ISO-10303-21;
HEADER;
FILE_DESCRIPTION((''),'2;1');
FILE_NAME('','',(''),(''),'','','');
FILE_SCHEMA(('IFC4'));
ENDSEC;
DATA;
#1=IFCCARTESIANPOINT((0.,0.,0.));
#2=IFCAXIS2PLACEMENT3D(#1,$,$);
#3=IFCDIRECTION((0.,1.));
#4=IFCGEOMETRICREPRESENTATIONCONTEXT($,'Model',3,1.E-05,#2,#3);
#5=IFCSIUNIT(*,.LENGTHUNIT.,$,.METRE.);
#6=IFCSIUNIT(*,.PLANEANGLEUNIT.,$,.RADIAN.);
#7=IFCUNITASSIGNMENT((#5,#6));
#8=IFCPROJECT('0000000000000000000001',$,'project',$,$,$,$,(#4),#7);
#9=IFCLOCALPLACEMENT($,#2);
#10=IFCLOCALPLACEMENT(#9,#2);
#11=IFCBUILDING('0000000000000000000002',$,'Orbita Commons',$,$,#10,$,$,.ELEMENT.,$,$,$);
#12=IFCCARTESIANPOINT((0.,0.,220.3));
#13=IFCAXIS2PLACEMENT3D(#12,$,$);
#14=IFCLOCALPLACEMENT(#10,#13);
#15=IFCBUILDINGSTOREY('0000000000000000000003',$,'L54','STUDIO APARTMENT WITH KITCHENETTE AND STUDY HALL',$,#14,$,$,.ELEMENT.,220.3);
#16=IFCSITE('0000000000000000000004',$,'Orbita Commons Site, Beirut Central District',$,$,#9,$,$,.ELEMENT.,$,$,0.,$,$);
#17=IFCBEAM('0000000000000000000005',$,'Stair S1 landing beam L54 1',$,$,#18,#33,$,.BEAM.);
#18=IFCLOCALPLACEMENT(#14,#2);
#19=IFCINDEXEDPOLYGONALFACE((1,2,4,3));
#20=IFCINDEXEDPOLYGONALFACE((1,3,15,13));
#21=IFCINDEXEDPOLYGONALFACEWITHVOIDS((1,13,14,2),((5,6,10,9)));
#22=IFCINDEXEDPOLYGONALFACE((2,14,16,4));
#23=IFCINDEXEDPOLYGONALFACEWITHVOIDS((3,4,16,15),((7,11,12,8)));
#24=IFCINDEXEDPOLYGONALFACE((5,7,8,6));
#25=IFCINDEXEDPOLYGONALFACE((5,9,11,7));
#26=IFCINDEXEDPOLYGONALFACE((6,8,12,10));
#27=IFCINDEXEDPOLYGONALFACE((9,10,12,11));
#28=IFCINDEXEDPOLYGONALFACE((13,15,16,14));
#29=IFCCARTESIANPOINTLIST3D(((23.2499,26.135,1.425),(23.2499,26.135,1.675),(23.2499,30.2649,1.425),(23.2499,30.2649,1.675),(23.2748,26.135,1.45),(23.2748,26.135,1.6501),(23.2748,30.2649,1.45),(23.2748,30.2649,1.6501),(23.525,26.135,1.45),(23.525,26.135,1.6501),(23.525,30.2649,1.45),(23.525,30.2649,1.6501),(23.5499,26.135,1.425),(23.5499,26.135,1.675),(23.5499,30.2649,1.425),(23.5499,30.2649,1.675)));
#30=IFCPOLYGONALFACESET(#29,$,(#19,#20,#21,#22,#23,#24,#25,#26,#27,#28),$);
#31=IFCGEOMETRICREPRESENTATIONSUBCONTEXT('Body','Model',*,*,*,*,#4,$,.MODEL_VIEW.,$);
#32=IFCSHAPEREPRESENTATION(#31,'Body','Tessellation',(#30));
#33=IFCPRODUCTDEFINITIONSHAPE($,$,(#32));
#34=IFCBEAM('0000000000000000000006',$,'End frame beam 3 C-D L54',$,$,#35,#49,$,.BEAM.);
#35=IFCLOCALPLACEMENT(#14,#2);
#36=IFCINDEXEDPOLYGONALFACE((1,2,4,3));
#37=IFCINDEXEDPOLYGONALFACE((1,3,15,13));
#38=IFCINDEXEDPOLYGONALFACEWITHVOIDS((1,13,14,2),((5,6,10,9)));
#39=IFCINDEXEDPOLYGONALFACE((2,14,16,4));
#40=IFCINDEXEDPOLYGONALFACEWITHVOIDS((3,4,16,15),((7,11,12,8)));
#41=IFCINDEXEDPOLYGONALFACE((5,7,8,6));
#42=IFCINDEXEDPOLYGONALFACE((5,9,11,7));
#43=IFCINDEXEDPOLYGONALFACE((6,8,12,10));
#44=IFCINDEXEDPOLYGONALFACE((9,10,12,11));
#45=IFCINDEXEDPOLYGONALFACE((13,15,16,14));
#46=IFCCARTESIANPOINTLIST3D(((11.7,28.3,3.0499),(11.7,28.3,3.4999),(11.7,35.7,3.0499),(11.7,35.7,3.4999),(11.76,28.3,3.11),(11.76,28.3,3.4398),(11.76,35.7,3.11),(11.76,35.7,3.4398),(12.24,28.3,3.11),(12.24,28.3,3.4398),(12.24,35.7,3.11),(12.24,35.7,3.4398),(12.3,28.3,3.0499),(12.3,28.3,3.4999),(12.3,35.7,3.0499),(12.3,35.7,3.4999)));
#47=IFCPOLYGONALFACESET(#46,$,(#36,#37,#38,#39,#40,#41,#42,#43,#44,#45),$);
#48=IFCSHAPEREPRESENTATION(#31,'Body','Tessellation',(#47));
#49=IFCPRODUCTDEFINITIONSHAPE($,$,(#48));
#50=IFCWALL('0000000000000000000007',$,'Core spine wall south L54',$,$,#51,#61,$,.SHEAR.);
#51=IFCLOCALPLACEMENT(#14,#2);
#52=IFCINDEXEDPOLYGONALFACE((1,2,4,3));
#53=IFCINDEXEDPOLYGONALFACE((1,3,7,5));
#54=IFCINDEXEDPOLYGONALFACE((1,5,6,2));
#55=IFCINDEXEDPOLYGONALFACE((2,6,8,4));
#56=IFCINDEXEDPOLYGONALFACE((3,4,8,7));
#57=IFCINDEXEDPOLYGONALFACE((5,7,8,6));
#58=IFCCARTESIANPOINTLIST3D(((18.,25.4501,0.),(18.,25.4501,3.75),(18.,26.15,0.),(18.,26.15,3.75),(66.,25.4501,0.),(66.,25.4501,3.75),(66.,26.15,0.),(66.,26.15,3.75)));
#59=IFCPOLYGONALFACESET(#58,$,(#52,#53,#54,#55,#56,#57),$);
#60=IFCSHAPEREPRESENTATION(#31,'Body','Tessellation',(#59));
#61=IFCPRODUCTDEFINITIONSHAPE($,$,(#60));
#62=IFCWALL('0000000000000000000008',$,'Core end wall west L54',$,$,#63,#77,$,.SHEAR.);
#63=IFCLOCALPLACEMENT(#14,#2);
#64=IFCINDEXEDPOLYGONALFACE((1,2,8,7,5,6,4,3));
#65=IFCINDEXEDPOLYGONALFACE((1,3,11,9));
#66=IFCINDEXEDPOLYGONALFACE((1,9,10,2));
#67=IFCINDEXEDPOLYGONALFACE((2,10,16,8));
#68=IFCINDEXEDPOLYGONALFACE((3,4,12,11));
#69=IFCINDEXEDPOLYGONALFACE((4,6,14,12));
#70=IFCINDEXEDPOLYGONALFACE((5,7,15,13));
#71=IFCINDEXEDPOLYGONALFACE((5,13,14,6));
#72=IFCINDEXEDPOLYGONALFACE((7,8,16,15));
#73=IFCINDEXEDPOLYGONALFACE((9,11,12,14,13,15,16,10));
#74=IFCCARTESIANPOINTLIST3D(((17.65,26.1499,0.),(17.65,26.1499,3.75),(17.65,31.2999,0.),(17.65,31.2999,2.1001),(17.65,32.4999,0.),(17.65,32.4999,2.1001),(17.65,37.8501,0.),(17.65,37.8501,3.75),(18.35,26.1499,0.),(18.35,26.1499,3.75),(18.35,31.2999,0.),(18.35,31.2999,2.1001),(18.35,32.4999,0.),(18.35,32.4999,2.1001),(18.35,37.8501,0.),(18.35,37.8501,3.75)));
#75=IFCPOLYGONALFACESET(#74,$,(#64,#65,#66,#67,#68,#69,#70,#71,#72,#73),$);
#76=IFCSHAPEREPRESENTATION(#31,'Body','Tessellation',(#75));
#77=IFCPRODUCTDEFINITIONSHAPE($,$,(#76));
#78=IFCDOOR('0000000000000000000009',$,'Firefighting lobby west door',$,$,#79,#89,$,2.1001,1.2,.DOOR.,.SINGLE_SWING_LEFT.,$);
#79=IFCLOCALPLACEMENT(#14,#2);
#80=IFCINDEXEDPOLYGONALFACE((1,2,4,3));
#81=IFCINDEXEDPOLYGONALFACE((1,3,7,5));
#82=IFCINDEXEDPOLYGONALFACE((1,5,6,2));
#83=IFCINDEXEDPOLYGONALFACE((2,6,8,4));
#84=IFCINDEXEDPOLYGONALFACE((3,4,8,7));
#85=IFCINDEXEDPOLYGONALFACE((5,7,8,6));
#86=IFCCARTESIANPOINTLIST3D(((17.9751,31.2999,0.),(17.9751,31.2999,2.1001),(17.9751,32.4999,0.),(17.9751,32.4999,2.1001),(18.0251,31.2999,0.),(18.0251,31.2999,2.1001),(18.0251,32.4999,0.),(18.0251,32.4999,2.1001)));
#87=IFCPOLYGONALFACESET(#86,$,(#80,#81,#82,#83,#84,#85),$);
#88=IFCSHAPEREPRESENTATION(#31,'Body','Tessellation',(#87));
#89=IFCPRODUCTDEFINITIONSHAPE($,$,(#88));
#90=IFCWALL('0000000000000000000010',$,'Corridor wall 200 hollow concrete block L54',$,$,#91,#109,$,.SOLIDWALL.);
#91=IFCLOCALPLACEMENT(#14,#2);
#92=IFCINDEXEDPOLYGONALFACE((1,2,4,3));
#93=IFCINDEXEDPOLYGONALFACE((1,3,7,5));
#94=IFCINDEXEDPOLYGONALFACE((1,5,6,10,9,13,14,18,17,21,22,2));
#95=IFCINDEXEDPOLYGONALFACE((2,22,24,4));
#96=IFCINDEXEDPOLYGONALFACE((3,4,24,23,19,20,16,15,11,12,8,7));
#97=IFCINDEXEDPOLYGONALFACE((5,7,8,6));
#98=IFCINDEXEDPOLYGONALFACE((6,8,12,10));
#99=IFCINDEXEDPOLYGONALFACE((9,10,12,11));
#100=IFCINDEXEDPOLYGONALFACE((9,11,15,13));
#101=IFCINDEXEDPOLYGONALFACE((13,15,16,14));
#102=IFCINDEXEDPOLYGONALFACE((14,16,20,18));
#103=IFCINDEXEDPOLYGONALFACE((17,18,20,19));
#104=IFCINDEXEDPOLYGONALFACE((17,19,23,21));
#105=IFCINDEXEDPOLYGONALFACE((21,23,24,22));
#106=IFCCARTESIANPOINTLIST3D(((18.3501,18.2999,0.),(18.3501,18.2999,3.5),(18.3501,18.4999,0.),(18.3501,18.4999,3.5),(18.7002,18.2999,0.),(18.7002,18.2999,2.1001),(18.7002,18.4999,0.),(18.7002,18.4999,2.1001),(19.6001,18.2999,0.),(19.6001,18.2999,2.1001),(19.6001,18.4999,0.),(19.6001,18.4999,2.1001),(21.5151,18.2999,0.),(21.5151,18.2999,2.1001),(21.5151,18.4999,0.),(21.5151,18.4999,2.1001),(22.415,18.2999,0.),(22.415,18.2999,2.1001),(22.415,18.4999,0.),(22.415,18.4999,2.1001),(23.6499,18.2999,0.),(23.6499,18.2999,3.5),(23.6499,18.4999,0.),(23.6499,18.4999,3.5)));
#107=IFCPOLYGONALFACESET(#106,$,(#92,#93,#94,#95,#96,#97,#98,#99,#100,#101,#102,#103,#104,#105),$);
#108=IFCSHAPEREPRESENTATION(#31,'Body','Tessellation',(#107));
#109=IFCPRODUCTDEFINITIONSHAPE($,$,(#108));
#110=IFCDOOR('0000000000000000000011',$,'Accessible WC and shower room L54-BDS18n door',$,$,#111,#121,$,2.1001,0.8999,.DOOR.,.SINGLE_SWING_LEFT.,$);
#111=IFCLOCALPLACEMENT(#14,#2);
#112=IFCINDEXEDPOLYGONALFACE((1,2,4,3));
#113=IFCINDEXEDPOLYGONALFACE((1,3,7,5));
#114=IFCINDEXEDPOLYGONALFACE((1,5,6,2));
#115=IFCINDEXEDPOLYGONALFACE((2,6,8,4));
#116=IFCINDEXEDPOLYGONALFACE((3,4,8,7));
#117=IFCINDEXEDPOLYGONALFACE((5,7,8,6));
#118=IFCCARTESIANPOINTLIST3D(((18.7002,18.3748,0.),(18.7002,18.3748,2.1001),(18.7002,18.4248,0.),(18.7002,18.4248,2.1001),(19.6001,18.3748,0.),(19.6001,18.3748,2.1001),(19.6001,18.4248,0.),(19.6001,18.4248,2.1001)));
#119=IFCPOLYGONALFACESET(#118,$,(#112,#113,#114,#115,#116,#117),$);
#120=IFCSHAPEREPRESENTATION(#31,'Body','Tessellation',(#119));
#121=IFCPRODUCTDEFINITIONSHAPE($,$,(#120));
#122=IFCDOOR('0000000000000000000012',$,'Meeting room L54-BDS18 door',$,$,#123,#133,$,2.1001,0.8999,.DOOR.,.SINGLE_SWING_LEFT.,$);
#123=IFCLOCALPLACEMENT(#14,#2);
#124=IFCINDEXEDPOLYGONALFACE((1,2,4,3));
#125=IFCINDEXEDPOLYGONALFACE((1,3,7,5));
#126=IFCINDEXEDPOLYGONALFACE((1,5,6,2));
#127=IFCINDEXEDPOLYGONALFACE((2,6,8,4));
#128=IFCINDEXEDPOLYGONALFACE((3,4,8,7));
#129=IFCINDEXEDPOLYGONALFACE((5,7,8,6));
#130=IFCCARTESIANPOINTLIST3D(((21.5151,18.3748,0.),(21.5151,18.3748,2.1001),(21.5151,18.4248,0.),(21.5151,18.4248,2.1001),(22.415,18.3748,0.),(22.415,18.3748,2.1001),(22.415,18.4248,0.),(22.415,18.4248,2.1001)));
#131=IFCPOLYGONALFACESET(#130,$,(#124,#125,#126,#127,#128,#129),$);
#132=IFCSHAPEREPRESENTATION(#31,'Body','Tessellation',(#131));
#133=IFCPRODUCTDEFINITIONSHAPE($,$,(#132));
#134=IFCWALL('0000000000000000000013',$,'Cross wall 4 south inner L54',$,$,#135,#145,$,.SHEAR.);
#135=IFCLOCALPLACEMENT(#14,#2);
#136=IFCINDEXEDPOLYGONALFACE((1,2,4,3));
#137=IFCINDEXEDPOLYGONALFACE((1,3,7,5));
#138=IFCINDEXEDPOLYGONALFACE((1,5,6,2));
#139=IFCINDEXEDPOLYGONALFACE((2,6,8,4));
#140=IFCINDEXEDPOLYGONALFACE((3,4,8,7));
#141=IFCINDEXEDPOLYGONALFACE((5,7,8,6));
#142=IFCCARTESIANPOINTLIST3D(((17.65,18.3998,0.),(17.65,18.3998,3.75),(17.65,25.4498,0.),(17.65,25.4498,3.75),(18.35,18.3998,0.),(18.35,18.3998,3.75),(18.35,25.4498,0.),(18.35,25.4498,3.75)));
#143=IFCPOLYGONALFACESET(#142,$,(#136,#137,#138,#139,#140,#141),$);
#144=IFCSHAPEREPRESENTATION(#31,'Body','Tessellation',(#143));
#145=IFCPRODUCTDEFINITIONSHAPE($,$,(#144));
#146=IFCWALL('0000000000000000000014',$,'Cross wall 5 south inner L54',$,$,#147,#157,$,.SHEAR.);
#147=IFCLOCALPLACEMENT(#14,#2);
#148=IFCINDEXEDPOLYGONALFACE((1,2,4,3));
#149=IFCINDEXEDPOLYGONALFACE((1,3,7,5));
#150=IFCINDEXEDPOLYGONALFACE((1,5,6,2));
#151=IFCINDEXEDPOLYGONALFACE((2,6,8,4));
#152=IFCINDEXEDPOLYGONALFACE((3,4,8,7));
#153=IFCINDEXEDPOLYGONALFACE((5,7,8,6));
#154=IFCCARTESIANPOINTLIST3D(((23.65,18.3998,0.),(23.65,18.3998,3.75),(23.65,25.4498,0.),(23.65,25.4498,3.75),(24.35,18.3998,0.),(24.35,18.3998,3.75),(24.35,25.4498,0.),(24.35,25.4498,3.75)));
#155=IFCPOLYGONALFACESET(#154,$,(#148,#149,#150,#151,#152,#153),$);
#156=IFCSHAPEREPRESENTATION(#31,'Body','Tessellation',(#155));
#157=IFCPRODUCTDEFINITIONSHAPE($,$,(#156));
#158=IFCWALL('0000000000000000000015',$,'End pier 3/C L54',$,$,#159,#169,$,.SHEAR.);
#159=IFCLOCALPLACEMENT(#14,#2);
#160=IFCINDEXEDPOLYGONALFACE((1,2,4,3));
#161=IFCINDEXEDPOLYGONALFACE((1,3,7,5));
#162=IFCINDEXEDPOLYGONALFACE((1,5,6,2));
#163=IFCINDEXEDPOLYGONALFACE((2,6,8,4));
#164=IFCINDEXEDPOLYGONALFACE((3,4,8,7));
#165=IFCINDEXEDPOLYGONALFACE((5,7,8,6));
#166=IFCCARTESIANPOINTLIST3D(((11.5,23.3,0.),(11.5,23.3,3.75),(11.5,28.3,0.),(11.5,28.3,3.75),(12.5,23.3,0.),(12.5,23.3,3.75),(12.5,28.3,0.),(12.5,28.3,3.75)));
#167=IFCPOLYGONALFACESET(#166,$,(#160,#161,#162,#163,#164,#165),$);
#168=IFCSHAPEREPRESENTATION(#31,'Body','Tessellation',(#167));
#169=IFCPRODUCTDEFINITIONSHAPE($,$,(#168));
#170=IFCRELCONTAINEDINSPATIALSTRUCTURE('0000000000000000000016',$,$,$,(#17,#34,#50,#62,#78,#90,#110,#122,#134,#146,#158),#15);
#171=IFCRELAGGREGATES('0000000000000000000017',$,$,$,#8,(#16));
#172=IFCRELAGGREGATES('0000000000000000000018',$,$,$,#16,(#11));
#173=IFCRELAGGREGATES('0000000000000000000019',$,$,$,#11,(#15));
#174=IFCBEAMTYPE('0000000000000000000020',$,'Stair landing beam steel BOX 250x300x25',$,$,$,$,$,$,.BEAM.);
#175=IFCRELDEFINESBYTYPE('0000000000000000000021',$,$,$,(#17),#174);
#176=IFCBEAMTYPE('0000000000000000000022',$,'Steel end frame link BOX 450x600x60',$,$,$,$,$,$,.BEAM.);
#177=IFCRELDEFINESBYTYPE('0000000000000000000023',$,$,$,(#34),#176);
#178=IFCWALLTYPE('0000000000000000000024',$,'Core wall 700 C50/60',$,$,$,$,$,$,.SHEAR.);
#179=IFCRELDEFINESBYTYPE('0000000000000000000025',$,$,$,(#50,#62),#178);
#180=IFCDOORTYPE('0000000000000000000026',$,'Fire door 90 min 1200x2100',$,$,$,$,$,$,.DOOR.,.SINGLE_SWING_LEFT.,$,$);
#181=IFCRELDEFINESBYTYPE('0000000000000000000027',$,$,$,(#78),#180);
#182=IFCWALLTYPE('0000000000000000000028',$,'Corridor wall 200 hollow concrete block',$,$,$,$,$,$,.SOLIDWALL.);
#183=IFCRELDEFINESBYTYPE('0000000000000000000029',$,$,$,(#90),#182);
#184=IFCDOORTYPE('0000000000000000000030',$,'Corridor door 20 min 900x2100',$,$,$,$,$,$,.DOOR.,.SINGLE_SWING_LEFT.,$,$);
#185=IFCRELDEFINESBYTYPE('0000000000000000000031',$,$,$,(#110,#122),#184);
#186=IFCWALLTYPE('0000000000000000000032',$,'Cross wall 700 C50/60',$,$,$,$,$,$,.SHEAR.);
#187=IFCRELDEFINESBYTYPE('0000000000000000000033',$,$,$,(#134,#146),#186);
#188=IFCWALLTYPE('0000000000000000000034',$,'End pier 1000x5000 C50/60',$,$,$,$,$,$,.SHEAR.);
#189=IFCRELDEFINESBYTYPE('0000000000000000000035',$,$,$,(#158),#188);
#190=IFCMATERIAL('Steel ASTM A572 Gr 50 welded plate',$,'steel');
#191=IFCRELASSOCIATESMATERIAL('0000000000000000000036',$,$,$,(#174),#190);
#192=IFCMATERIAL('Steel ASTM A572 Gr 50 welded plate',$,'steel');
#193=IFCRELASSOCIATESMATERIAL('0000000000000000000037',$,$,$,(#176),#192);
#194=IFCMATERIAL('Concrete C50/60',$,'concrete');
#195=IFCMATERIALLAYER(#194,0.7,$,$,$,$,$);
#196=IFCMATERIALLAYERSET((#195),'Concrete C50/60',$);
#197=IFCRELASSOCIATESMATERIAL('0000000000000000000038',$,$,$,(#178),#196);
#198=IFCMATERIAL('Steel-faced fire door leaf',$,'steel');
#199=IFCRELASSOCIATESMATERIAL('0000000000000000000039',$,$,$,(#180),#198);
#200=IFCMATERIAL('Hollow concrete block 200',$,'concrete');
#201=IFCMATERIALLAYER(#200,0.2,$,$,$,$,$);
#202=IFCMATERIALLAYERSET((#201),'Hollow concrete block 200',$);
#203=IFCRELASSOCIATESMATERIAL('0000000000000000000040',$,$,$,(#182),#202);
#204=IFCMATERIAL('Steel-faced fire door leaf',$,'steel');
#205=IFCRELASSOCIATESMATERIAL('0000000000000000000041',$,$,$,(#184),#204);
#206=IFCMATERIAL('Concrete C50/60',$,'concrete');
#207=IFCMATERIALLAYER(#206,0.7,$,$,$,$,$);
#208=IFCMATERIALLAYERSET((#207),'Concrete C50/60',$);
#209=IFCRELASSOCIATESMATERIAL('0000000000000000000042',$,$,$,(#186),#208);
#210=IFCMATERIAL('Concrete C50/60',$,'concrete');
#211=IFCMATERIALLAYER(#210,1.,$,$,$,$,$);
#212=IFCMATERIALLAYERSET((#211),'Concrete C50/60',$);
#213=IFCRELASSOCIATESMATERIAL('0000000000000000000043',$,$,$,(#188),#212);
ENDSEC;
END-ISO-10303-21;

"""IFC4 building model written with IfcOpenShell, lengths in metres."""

from ifc_helpers import new_model, si_unit, direction, frame, frame_2d, origin, origin_2d, place, context, subcontext, project, spatial, rectangle, hollow_rectangle, extrude, material, layer, layer_set, material_profile, profile_set, type_object, element, fill, save


model = new_model("IFC4")

# Units and contexts
model_context = context("Model", 3, precision=1e-05, world=origin(), true_north=direction((0.0, 1.0)))
body_context = subcontext(model_context, "Body", "Model", "MODEL_VIEW")
ifc_project = project(units=[si_unit("LENGTHUNIT", "METRE"), si_unit("PLANEANGLEUNIT", "RADIAN")], contexts=[model_context])

# Site, building, storey
site_placement = place(None, origin())
site = spatial("IfcSite", under=ifc_project, at=site_placement, Name="Orbita Commons Site, Beirut Central District", CompositionType="ELEMENT", RefElevation=0.0)
building_placement = place(site_placement, origin())
building = spatial("IfcBuilding", under=site, at=building_placement, Name="Orbita Commons", CompositionType="ELEMENT")
storey_placement = place(building_placement, frame((0.0, 0.0, 220.3)))
storey = spatial("IfcBuildingStorey", under=building, at=storey_placement, Name="L54", Description="STUDIO APARTMENT WITH KITCHENETTE AND STUDY HALL", CompositionType="ELEMENT", Elevation=220.3)

# Beams
ifc_material_1 = material(Name="Steel ASTM A572 Gr 50 welded plate", Category="steel")
ifc_material_profile_1 = material_profile(ifc_material_1, hollow_rectangle(XDim=0.3, YDim=0.25, WallThickness=0.0249, at=origin_2d()), Name="BOX 250x300x25")
ifc_profile_set_1 = profile_set([ifc_material_profile_1], Name="Steel ASTM A572 Gr 50 welded plate")
beam_type_1 = type_object("IfcBeamType", Name="Stair landing beam steel BOX 250x300x25", PredefinedType="BEAM", material=ifc_profile_set_1)
beam_1_placement = place(storey_placement, frame((23.3999, 26.135, 1.55), z_axis=(0.0, 1.0, 0.0), x_axis=(-1.0, 0.0, 0.0)))
element("IfcBeam", 1, at=beam_1_placement, inside=storey, type_object=beam_type_1, Name="Stair S1 landing beam L54 1", PredefinedType="BEAM", context=body_context, shape_type="SweptSolid", body=[
    extrude(hollow_rectangle(XDim=0.3, YDim=0.25, WallThickness=0.0249, at=origin_2d()), origin(), (0.0, 0.0, 1.0), 4.1299),
])
ifc_material_2 = material(Name="Steel ASTM A572 Gr 50 welded plate", Category="steel")
ifc_material_profile_2 = material_profile(ifc_material_2, hollow_rectangle(XDim=0.6001, YDim=0.45, WallThickness=0.0601, at=origin_2d()), Name="BOX 450x600x60")
ifc_profile_set_2 = profile_set([ifc_material_profile_2], Name="Steel ASTM A572 Gr 50 welded plate")
beam_type_2 = type_object("IfcBeamType", Name="Steel end frame link BOX 450x600x60", PredefinedType="BEAM", material=ifc_profile_set_2)
beam_2_placement = place(storey_placement, frame((12.0, 28.3, 3.2749), z_axis=(0.0, 1.0, 0.0), x_axis=(-1.0, 0.0, 0.0)))
element("IfcBeam", 2, at=beam_2_placement, inside=storey, type_object=beam_type_2, Name="End frame beam 3 C-D L54", PredefinedType="BEAM", context=body_context, shape_type="SweptSolid", body=[
    extrude(hollow_rectangle(XDim=0.6001, YDim=0.45, WallThickness=0.0601, at=origin_2d()), origin(), (0.0, 0.0, 1.0), 7.3999),
])

# Wall
ifc_material_3 = material(Name="Concrete C50/60", Category="concrete")
ifc_layer_1 = layer(ifc_material_3, 0.7)
ifc_layer_set_1 = layer_set([ifc_layer_1], Name="Concrete C50/60")
wall_type_1 = type_object("IfcWallType", Name="Core wall 700 C50/60", PredefinedType="SHEAR", material=ifc_layer_set_1)
wall_1_placement = place(storey_placement, frame((18.0, 25.8, 0.0), z_axis=(0.0, 0.0, 1.0), x_axis=(1.0, 0.0, 0.0)))
element("IfcWall", 3, at=wall_1_placement, inside=storey, type_object=wall_type_1, Name="Core spine wall south L54", PredefinedType="SHEAR", context=body_context, shape_type="SweptSolid", body=[
    extrude(rectangle(XDim=48.0, YDim=0.7, at=frame_2d((24.0, 0.0))), origin(), (0.0, 0.0, 1.0), 3.75),
])

# Wall, opening, door
wall_2_placement = place(storey_placement, frame((18.0, 26.1499, 0.0), z_axis=(0.0, 0.0, 1.0), x_axis=(0.0, 1.0, 0.0)))
wall_2 = element("IfcWall", 4, at=wall_2_placement, inside=storey, type_object=wall_type_1, Name="Core end wall west L54", PredefinedType="SHEAR", context=body_context, shape_type="SweptSolid", body=[
    extrude(rectangle(XDim=11.7002, YDim=0.7, at=frame_2d((5.8501, 0.0))), origin(), (0.0, 0.0, 1.0), 3.75),
])
opening_1_placement = place(wall_2_placement, frame((5.1499, 0.0, 0.0)))
opening_1 = element("IfcOpeningElement", 5, at=opening_1_placement, cuts=wall_2, PredefinedType="OPENING", context=body_context, shape_type="SweptSolid", body=[
    extrude(rectangle(XDim=1.2, YDim=2.1001, at=frame_2d((0.6001, 1.05))), frame((0.0, 0.3599, 0.0), z_axis=(0.0, -1.0, 0.0), x_axis=(1.0, 0.0, 0.0)), (0.0, 0.0, 1.0), 0.72),
])
ifc_material_4 = material(Name="Steel-faced fire door leaf", Category="steel")
door_type_1 = type_object("IfcDoorType", Name="Fire door 90 min 1200x2100", OperationType="SINGLE_SWING_LEFT", PredefinedType="DOOR", material=ifc_material_4)
door_1_placement = place(opening_1_placement, origin())
door_1 = element("IfcDoor", 6, at=door_1_placement, inside=storey, type_object=door_type_1, Name="Firefighting lobby west door", OperationType="SINGLE_SWING_LEFT", OverallHeight=2.1001, OverallWidth=1.2, PredefinedType="DOOR", context=body_context, shape_type="SweptSolid", body=[
    extrude(rectangle(XDim=1.2, YDim=2.1001, at=frame_2d((0.6001, 1.05))), frame((0.0, 0.0249, 0.0), z_axis=(0.0, -1.0, 0.0), x_axis=(1.0, 0.0, 0.0)), (0.0, 0.0, 1.0), 0.05),
])
fill(opening_1, door_1)

# Wall, openings, doors
ifc_material_5 = material(Name="Hollow concrete block 200", Category="concrete")
ifc_layer_2 = layer(ifc_material_5, 0.2)
ifc_layer_set_2 = layer_set([ifc_layer_2], Name="Hollow concrete block 200")
wall_type_2 = type_object("IfcWallType", Name="Corridor wall 200 hollow concrete block", PredefinedType="SOLIDWALL", material=ifc_layer_set_2)
wall_3_placement = place(storey_placement, frame((18.3501, 18.3999, 0.0), z_axis=(0.0, 0.0, 1.0), x_axis=(1.0, 0.0, 0.0)))
wall_3 = element("IfcWall", 7, at=wall_3_placement, inside=storey, type_object=wall_type_2, Name="Corridor wall 200 hollow concrete block L54", PredefinedType="SOLIDWALL", context=body_context, shape_type="SweptSolid", body=[
    extrude(rectangle(XDim=5.2998, YDim=0.2, at=frame_2d((2.6499, 0.0))), origin(), (0.0, 0.0, 1.0), 3.5),
])
opening_2_placement = place(wall_3_placement, frame((0.3501, 0.0, 0.0)))
opening_2 = element("IfcOpeningElement", 8, at=opening_2_placement, cuts=wall_3, PredefinedType="OPENING", context=body_context, shape_type="SweptSolid", body=[
    extrude(rectangle(XDim=0.8999, YDim=2.1001, at=frame_2d((0.45, 1.05))), frame((0.0, 0.1099, 0.0), z_axis=(0.0, -1.0, 0.0), x_axis=(1.0, 0.0, 0.0)), (0.0, 0.0, 1.0), 0.22),
])
opening_3_placement = place(wall_3_placement, frame((3.165, 0.0, 0.0)))
opening_3 = element("IfcOpeningElement", 9, at=opening_3_placement, cuts=wall_3, PredefinedType="OPENING", context=body_context, shape_type="SweptSolid", body=[
    extrude(rectangle(XDim=0.8999, YDim=2.1001, at=frame_2d((0.45, 1.05))), frame((0.0, 0.1099, 0.0), z_axis=(0.0, -1.0, 0.0), x_axis=(1.0, 0.0, 0.0)), (0.0, 0.0, 1.0), 0.22),
])
ifc_material_6 = material(Name="Steel-faced fire door leaf", Category="steel")
door_type_2 = type_object("IfcDoorType", Name="Corridor door 20 min 900x2100", OperationType="SINGLE_SWING_LEFT", PredefinedType="DOOR", material=ifc_material_6)
door_2_placement = place(opening_2_placement, origin())
door_2 = element("IfcDoor", 10, at=door_2_placement, inside=storey, type_object=door_type_2, Name="Accessible WC and shower room L54-BDS18n door", OperationType="SINGLE_SWING_LEFT", OverallHeight=2.1001, OverallWidth=0.8999, PredefinedType="DOOR", context=body_context, shape_type="SweptSolid", body=[
    extrude(rectangle(XDim=0.8999, YDim=2.1001, at=frame_2d((0.45, 1.05))), frame((0.0, 0.0249, 0.0), z_axis=(0.0, -1.0, 0.0), x_axis=(1.0, 0.0, 0.0)), (0.0, 0.0, 1.0), 0.05),
])
fill(opening_2, door_2)
door_3_placement = place(opening_3_placement, origin())
door_3 = element("IfcDoor", 11, at=door_3_placement, inside=storey, type_object=door_type_2, Name="Meeting room L54-BDS18 door", OperationType="SINGLE_SWING_LEFT", OverallHeight=2.1001, OverallWidth=0.8999, PredefinedType="DOOR", context=body_context, shape_type="SweptSolid", body=[
    extrude(rectangle(XDim=0.8999, YDim=2.1001, at=frame_2d((0.45, 1.05))), frame((0.0, 0.0249, 0.0), z_axis=(0.0, -1.0, 0.0), x_axis=(1.0, 0.0, 0.0)), (0.0, 0.0, 1.0), 0.05),
])
fill(opening_3, door_3)

# Walls
ifc_material_7 = material(Name="Concrete C50/60", Category="concrete")
ifc_layer_3 = layer(ifc_material_7, 0.7)
ifc_layer_set_3 = layer_set([ifc_layer_3], Name="Concrete C50/60")
wall_type_3 = type_object("IfcWallType", Name="Cross wall 700 C50/60", PredefinedType="SHEAR", material=ifc_layer_set_3)
for number, where, z_axis, x_axis, name in (
    (12, (18.0, 18.3999, 0.0), (0.0, 0.0, 1.0), (0.0, 1.0, 0.0), "Cross wall 4 south inner L54"),
    (13, (24.0, 18.3999, 0.0), (0.0, 0.0, 1.0), (0.0, 1.0, 0.0), "Cross wall 5 south inner L54"),
):
    element("IfcWall", number, at=place(storey_placement, frame(where, z_axis=z_axis, x_axis=x_axis)), inside=storey, type_object=wall_type_3, Name=name, PredefinedType="SHEAR", context=body_context, shape_type="SweptSolid", body=[
        extrude(rectangle(XDim=7.05, YDim=0.7, at=frame_2d((3.5249, 0.0))), origin(), (0.0, 0.0, 1.0), 3.75),
    ])
ifc_material_8 = material(Name="Concrete C50/60", Category="concrete")
ifc_layer_4 = layer(ifc_material_8, 1.0)
ifc_layer_set_4 = layer_set([ifc_layer_4], Name="Concrete C50/60")
wall_type_4 = type_object("IfcWallType", Name="End pier 1000x5000 C50/60", PredefinedType="SHEAR", material=ifc_layer_set_4)
wall_4_placement = place(storey_placement, frame((12.0, 23.3, 0.0), z_axis=(0.0, 0.0, 1.0), x_axis=(0.0, 1.0, 0.0)))
element("IfcWall", 14, at=wall_4_placement, inside=storey, type_object=wall_type_4, Name="End pier 3/C L54", PredefinedType="SHEAR", context=body_context, shape_type="SweptSolid", body=[
    extrude(rectangle(XDim=5.0, YDim=1.0, at=frame_2d((2.5, 0.0))), origin(), (0.0, 0.0, 1.0), 3.75),
])

save(model, "model.ifc")
